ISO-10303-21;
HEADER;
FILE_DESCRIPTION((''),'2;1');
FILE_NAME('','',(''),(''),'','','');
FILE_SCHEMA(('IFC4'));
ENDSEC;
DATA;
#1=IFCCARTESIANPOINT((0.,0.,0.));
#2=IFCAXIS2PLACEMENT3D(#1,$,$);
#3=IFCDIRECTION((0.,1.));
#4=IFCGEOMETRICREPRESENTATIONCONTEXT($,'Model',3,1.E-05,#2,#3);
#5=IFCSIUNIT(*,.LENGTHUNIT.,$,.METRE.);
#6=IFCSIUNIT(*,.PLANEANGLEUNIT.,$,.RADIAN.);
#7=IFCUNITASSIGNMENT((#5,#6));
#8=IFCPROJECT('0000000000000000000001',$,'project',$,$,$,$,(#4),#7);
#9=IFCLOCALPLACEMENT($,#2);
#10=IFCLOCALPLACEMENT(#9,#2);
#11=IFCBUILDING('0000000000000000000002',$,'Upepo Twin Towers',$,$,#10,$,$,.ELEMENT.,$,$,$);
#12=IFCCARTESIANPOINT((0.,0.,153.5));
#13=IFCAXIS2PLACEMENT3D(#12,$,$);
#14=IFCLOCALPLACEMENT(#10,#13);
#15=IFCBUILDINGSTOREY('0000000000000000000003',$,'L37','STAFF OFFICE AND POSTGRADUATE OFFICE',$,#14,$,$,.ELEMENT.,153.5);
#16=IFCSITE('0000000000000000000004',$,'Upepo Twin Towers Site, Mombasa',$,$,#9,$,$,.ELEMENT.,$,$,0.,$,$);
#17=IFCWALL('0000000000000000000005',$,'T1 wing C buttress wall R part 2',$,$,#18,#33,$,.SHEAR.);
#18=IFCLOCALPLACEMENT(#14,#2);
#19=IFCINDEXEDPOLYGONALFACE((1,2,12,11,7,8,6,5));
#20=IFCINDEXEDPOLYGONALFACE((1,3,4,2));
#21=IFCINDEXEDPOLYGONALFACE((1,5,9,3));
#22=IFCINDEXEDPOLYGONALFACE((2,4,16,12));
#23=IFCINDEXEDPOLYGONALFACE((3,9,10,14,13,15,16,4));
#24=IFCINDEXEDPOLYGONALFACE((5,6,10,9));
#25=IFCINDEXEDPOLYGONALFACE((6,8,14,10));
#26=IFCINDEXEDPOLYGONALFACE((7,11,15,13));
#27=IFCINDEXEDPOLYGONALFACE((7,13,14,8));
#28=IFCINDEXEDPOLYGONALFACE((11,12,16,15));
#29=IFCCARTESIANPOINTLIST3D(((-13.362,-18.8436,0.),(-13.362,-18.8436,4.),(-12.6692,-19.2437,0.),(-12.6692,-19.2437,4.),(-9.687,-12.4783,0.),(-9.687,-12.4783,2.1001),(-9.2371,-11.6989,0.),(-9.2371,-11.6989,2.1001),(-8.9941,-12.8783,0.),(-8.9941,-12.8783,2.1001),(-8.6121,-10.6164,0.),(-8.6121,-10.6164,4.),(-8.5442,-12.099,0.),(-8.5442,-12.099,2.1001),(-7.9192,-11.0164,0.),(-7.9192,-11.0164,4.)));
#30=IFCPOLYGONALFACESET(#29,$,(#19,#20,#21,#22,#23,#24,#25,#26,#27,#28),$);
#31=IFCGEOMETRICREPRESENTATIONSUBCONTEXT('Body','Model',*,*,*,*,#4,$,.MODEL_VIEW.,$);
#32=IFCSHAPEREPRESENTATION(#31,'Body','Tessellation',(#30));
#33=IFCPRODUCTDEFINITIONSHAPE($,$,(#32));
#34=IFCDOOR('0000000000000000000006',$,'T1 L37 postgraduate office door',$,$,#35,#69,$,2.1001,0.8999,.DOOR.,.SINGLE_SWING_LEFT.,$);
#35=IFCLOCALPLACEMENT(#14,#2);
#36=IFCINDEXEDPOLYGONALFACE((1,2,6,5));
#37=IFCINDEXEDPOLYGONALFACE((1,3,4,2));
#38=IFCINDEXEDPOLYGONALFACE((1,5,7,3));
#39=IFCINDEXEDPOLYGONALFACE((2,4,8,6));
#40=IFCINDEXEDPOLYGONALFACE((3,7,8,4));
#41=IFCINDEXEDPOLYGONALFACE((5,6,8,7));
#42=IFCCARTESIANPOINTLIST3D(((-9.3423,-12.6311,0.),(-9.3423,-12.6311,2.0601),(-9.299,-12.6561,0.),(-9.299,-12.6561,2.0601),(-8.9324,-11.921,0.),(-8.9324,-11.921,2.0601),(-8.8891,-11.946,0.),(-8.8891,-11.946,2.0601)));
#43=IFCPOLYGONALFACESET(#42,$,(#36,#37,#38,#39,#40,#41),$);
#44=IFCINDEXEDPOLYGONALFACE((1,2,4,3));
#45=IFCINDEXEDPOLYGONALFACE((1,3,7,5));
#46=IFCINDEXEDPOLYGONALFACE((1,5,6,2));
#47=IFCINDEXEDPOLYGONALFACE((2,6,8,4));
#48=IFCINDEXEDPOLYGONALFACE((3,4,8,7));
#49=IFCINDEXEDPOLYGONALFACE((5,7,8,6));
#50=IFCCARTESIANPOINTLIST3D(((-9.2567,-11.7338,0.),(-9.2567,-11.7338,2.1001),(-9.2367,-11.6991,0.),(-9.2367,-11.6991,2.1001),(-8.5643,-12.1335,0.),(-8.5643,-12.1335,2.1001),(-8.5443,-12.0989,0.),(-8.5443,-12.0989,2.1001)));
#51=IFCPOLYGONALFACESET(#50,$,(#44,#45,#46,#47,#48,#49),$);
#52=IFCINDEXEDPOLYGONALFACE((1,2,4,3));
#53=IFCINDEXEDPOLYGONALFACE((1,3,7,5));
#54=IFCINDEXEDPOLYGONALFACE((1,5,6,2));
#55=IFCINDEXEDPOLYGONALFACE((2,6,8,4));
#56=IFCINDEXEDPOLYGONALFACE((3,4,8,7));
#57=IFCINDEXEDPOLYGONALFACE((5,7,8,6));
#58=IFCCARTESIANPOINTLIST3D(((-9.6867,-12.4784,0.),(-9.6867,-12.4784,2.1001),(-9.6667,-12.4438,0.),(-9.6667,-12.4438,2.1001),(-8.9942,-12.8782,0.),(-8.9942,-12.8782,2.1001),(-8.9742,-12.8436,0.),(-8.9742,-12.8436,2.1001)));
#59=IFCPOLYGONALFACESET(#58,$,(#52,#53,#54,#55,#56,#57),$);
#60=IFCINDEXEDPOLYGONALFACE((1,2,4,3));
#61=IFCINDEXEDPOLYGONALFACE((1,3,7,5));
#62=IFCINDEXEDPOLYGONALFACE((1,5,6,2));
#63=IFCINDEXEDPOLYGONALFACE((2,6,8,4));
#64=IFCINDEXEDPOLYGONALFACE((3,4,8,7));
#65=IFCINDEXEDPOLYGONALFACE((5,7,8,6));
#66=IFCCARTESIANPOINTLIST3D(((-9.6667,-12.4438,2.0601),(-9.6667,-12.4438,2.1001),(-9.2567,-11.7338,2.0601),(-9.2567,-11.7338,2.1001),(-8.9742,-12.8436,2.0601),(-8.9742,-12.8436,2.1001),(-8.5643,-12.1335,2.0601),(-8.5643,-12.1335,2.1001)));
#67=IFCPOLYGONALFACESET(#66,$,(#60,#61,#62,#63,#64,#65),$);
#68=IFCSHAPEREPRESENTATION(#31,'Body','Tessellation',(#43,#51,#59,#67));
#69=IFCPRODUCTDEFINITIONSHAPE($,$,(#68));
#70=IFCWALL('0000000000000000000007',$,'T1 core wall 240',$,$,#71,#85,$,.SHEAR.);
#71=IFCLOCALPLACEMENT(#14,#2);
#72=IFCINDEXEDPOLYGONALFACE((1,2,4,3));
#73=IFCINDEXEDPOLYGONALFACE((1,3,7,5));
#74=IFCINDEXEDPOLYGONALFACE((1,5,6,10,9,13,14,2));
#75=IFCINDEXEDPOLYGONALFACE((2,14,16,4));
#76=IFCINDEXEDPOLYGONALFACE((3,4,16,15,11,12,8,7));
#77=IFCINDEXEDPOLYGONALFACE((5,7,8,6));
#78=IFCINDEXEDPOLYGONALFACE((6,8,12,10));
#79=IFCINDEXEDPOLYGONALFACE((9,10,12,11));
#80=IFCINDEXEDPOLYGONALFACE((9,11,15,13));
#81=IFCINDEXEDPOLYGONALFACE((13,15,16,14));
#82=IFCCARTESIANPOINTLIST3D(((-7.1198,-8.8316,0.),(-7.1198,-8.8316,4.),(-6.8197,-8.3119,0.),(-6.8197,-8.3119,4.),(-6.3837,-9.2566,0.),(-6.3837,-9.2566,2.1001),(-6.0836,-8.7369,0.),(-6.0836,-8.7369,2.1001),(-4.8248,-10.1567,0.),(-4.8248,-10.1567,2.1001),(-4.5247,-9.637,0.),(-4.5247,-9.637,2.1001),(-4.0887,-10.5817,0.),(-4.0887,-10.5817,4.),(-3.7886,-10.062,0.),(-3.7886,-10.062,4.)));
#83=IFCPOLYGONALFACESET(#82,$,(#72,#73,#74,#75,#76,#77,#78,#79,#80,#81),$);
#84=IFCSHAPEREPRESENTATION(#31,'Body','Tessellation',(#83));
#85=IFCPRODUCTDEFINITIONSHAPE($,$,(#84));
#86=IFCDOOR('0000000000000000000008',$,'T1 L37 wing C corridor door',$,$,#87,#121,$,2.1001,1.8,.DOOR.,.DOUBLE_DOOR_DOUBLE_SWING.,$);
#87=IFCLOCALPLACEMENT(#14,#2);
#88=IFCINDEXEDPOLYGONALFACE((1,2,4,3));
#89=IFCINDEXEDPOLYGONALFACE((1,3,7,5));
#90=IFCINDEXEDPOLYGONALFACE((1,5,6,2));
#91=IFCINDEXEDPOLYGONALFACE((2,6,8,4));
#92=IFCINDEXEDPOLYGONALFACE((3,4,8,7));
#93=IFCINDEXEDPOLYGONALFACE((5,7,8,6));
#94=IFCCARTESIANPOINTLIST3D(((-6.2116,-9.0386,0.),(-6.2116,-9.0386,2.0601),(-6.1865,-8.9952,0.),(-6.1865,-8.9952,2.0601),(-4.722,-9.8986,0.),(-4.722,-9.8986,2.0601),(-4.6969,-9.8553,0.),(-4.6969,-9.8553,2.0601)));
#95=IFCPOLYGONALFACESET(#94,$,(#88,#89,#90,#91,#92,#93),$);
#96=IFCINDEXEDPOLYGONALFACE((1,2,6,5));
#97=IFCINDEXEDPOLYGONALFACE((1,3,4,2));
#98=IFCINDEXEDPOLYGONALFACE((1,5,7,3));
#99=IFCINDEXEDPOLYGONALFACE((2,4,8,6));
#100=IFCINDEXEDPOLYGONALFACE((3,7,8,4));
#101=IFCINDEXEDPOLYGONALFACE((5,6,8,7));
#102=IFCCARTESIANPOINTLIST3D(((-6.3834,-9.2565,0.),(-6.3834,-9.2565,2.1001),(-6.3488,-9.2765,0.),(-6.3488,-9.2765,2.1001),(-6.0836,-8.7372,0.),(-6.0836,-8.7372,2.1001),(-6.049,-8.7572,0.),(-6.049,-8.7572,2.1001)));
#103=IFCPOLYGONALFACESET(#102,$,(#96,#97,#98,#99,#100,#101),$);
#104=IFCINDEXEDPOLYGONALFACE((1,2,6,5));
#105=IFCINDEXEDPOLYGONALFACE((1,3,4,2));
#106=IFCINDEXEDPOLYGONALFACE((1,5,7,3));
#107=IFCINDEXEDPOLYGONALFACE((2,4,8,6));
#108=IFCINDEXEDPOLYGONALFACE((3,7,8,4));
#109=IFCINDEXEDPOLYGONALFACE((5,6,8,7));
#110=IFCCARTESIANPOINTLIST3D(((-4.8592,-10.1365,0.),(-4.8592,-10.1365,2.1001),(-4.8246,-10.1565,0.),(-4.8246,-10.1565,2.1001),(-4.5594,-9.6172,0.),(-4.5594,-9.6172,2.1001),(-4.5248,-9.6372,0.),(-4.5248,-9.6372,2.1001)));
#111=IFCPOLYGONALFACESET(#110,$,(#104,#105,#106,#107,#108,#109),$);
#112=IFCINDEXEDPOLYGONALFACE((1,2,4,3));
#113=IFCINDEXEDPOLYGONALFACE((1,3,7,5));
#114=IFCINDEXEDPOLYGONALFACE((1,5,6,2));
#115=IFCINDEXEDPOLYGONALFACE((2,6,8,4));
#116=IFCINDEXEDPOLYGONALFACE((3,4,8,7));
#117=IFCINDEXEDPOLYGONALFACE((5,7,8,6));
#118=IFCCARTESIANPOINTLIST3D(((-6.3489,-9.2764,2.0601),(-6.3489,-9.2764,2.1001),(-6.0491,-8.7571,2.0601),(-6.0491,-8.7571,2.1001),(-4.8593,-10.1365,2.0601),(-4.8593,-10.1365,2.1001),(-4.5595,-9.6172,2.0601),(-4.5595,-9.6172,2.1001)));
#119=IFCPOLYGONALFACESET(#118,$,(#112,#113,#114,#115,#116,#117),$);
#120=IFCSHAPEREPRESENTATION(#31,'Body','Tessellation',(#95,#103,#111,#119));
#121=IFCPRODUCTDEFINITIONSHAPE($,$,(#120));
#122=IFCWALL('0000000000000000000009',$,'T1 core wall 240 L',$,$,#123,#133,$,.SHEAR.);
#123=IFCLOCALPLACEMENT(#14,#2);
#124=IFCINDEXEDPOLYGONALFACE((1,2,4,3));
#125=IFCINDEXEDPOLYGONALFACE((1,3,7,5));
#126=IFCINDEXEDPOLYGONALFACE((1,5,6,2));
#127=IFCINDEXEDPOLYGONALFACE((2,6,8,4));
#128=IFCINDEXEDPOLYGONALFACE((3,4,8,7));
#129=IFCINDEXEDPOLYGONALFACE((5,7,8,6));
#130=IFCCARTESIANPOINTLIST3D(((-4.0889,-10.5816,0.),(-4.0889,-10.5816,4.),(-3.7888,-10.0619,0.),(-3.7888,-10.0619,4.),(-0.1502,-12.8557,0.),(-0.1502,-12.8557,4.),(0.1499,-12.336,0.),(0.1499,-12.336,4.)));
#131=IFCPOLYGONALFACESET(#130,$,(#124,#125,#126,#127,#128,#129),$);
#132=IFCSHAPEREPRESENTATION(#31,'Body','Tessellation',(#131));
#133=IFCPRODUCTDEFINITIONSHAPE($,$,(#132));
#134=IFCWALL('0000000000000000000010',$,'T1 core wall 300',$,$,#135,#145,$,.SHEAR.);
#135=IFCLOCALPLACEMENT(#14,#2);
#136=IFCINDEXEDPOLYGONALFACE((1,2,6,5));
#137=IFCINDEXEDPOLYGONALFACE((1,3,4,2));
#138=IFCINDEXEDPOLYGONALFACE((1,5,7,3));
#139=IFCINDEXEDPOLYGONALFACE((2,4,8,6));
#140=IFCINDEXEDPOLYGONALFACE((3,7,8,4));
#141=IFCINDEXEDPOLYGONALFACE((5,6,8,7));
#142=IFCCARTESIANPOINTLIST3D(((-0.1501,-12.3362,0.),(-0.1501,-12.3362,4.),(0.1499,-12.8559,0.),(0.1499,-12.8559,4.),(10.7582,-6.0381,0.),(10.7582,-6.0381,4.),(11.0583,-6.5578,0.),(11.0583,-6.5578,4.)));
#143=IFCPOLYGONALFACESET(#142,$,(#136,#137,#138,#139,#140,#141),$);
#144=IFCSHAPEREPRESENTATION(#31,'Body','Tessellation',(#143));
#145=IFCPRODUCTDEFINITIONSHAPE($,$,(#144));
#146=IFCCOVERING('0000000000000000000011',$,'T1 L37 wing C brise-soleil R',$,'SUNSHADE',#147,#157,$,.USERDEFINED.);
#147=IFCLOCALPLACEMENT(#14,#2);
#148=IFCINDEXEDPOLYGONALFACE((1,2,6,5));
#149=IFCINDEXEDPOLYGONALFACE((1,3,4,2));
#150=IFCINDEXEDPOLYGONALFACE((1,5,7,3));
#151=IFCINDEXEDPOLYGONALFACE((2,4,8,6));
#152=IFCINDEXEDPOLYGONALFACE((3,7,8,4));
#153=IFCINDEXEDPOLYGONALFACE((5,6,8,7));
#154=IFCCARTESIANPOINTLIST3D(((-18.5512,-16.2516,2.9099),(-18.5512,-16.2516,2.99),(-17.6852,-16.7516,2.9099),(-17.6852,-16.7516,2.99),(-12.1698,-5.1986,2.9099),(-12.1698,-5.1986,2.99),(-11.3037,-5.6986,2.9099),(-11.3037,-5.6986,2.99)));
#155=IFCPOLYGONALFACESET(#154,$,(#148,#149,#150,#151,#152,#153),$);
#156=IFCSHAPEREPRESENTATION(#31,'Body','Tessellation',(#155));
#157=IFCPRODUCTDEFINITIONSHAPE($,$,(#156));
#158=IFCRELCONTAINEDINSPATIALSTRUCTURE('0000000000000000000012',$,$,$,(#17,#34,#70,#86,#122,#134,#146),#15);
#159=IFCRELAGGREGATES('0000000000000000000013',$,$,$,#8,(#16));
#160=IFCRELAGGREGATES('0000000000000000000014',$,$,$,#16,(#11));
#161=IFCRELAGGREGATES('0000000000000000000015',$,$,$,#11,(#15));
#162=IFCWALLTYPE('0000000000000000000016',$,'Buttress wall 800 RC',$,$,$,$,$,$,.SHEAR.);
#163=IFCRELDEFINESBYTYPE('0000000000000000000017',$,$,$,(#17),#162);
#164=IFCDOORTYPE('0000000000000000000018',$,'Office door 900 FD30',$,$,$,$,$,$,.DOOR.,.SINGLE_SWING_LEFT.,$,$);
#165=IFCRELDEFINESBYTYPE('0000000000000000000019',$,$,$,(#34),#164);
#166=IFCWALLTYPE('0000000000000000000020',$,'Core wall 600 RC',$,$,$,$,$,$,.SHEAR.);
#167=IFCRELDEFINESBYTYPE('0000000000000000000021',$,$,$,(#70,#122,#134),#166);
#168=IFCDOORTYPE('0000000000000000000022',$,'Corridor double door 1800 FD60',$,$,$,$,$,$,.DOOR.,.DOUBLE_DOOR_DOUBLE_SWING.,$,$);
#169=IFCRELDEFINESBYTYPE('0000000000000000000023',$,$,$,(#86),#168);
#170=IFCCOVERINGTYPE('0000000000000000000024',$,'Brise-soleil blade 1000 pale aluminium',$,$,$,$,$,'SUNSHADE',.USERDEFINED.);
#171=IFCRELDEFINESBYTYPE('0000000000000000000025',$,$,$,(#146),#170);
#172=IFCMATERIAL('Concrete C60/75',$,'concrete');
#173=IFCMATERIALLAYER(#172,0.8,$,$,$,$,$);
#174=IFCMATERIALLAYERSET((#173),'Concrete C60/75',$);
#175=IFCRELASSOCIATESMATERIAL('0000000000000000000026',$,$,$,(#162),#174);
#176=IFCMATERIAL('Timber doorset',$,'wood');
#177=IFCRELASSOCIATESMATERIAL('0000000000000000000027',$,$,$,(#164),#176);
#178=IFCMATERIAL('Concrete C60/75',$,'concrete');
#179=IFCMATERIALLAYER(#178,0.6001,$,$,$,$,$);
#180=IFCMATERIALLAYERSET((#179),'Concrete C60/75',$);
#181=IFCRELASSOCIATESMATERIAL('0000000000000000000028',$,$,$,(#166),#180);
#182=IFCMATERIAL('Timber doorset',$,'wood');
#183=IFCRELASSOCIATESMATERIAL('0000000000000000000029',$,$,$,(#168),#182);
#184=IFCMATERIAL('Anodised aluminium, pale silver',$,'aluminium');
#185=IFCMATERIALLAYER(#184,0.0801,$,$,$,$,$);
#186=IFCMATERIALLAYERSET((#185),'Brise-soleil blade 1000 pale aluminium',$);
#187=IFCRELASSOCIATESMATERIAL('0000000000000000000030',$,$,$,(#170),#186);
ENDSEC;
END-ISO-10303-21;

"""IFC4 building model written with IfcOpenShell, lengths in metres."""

from ifc_helpers import new_model, si_unit, direction, frame, frame_2d, origin, origin_2d, place, context, subcontext, project, spatial, rectangle, extrude, material, layer, layer_set, type_object, element, fill, save


model = new_model("IFC4")

# Units and contexts
model_context = context("Model", 3, precision=1e-05, world=origin(), true_north=direction((0.0, 1.0)))
body_context = subcontext(model_context, "Body", "Model", "MODEL_VIEW")
ifc_project = project(units=[si_unit("LENGTHUNIT", "METRE"), si_unit("PLANEANGLEUNIT", "RADIAN")], contexts=[model_context])

# Site, building, storey
site_placement = place(None, origin())
site = spatial("IfcSite", under=ifc_project, at=site_placement, Name="Upepo Twin Towers Site, Mombasa", CompositionType="ELEMENT", RefElevation=0.0)
building_placement = place(site_placement, origin())
building = spatial("IfcBuilding", under=site, at=building_placement, Name="Upepo Twin Towers", CompositionType="ELEMENT")
storey_placement = place(building_placement, frame((0.0, 0.0, 153.5)))
storey = spatial("IfcBuildingStorey", under=building, at=storey_placement, Name="L37", Description="STAFF OFFICE AND POSTGRADUATE OFFICE", CompositionType="ELEMENT", Elevation=153.5)

# Walls, openings, doors
ifc_material_1 = material(Name="Concrete C60/75", Category="concrete")
ifc_layer_1 = layer(ifc_material_1, 0.8)
ifc_layer_set_1 = layer_set([ifc_layer_1], Name="Concrete C60/75")
wall_type_1 = type_object("IfcWallType", Name="Buttress wall 800 RC", PredefinedType="SHEAR", material=ifc_layer_set_1)
ifc_material_2 = material(Name="Timber doorset", Category="wood")
door_type_1 = type_object("IfcDoorType", Name="Office door 900 FD30", OperationType="SINGLE_SWING_LEFT", PredefinedType="DOOR", material=ifc_material_2)
wall_1_placement = place(storey_placement, frame((-8.2656, -10.8164, 0.0), z_axis=(0.0, 0.0, 1.0), x_axis=(-0.499998, -0.866027, 0.0)))
wall_1 = element("IfcWall", 1, at=wall_1_placement, inside=storey, type_object=wall_type_1, Name="T1 wing C buttress wall R part 2", PredefinedType="SHEAR", context=body_context, shape_type="SweptSolid", body=[
    extrude(rectangle(XDim=9.5, YDim=0.8, at=frame_2d((4.75, 0.0))), origin(), (0.0, 0.0, 1.0), 4.0),
])
opening_1_placement = place(wall_1_placement, frame((1.25, 0.0, 0.0)))
opening_1 = element("IfcOpeningElement", 2, at=opening_1_placement, cuts=wall_1, PredefinedType="OPENING", context=body_context, shape_type="SweptSolid", body=[
    extrude(rectangle(XDim=0.8999, YDim=2.1001, at=frame_2d((0.45, 1.05))), frame((0.0, 0.4099, 0.0), z_axis=(0.0, -1.0, 0.0), x_axis=(1.0, 0.0, 0.0)), (0.0, 0.0, 1.0), 0.8201),
])
door_1_placement = place(opening_1_placement, origin())
door_1 = element("IfcDoor", 3, at=door_1_placement, inside=storey, type_object=door_type_1, Name="T1 L37 postgraduate office door", OperationType="SINGLE_SWING_LEFT", OverallHeight=2.1001, OverallWidth=0.8999, PredefinedType="DOOR", context=body_context, shape_type="SweptSolid", body=[
    extrude(rectangle(XDim=0.8199, YDim=2.0601, at=frame_2d((0.45, 1.03))), frame((0.0, 0.0249, 0.0), z_axis=(0.0, -1.0, 0.0), x_axis=(1.0, 0.0, 0.0)), (0.0, 0.0, 1.0), 0.05),
    extrude(rectangle(XDim=0.04, YDim=2.1001, at=frame_2d((0.02, 1.05))), frame((0.0, 0.3999, 0.0), z_axis=(0.0, -1.0, 0.0), x_axis=(1.0, 0.0, 0.0)), (0.0, 0.0, 1.0), 0.7996),
    extrude(rectangle(XDim=0.04, YDim=2.1001, at=frame_2d((0.8799, 1.05))), frame((0.0, 0.3999, 0.0), z_axis=(0.0, -1.0, 0.0), x_axis=(1.0, 0.0, 0.0)), (0.0, 0.0, 1.0), 0.7996),
    extrude(rectangle(XDim=0.8199, YDim=0.04, at=frame_2d((0.45, 2.0801))), frame((0.0, 0.3999, 0.0), z_axis=(0.0, -1.0, 0.0), x_axis=(1.0, 0.0, 0.0)), (0.0, 0.0, 1.0), 0.7996),
])
fill(opening_1, door_1)
ifc_material_3 = material(Name="Concrete C60/75", Category="concrete")
ifc_layer_2 = layer(ifc_material_3, 0.6001)
ifc_layer_set_2 = layer_set([ifc_layer_2], Name="Concrete C60/75")
wall_type_2 = type_object("IfcWallType", Name="Core wall 600 RC", PredefinedType="SHEAR", material=ifc_layer_set_2)
wall_2_placement = place(storey_placement, frame((-6.9697, -8.5718, 0.0), z_axis=(0.0, 0.0, 1.0), x_axis=(0.866019, -0.50001, 0.0)))
wall_2 = element("IfcWall", 4, at=wall_2_placement, inside=storey, type_object=wall_type_2, Name="T1 core wall 240", PredefinedType="SHEAR", context=body_context, shape_type="SweptSolid", body=[
    extrude(rectangle(XDim=3.5, YDim=0.6001, at=frame_2d((1.75, 0.0))), origin(), (0.0, 0.0, 1.0), 4.0),
])
opening_2_placement = place(wall_2_placement, frame((0.8501, 0.0, 0.0)))
opening_2 = element("IfcOpeningElement", 5, at=opening_2_placement, cuts=wall_2, PredefinedType="OPENING", context=body_context, shape_type="SweptSolid", body=[
    extrude(rectangle(XDim=1.8, YDim=2.1001, at=frame_2d((0.8999, 1.05))), frame((0.0, 0.3101, 0.0), z_axis=(0.0, -1.0, 0.0), x_axis=(1.0, 0.0, 0.0)), (0.0, 0.0, 1.0), 0.6201),
])
ifc_material_4 = material(Name="Timber doorset", Category="wood")
door_type_2 = type_object("IfcDoorType", Name="Corridor double door 1800 FD60", OperationType="DOUBLE_DOOR_DOUBLE_SWING", PredefinedType="DOOR", material=ifc_material_4)
door_2_placement = place(opening_2_placement, origin())
door_2 = element("IfcDoor", 6, at=door_2_placement, inside=storey, type_object=door_type_2, Name="T1 L37 wing C corridor door", OperationType="DOUBLE_DOOR_DOUBLE_SWING", OverallHeight=2.1001, OverallWidth=1.8, PredefinedType="DOOR", context=body_context, shape_type="SweptSolid", body=[
    extrude(rectangle(XDim=1.72, YDim=2.0601, at=frame_2d((0.8999, 1.03))), frame((0.0, 0.0249, 0.0), z_axis=(0.0, -1.0, 0.0), x_axis=(1.0, 0.0, 0.0)), (0.0, 0.0, 1.0), 0.05),
    extrude(rectangle(XDim=0.04, YDim=2.1001, at=frame_2d((0.02, 1.05))), frame((0.0, 0.2998, 0.0), z_axis=(0.0, -1.0, 0.0), x_axis=(1.0, 0.0, 0.0)), (0.0, 0.0, 1.0), 0.5996),
    extrude(rectangle(XDim=0.04, YDim=2.1001, at=frame_2d((1.78, 1.05))), frame((0.0, 0.2998, 0.0), z_axis=(0.0, -1.0, 0.0), x_axis=(1.0, 0.0, 0.0)), (0.0, 0.0, 1.0), 0.5996),
    extrude(rectangle(XDim=1.72, YDim=0.04, at=frame_2d((0.8999, 2.0801))), frame((0.0, 0.2998, 0.0), z_axis=(0.0, -1.0, 0.0), x_axis=(1.0, 0.0, 0.0)), (0.0, 0.0, 1.0), 0.5996),
])
fill(opening_2, door_2)

# Walls
wall_3_placement = place(storey_placement, frame((-3.9387, -10.3218, 0.0), z_axis=(0.0, 0.0, 1.0), x_axis=(0.866011, -0.500024, 0.0)))
element("IfcWall", 7, at=wall_3_placement, inside=storey, type_object=wall_type_2, Name="T1 core wall 240 L", PredefinedType="SHEAR", context=body_context, shape_type="SweptSolid", body=[
    extrude(rectangle(XDim=4.5481, YDim=0.6001, at=frame_2d((2.2739, 0.0))), origin(), (0.0, 0.0, 1.0), 4.0),
])
wall_4_placement = place(storey_placement, frame((0.0, -12.5959, 0.0), z_axis=(0.0, 0.0, 1.0), x_axis=(0.866022, 0.500006, 0.0)))
element("IfcWall", 8, at=wall_4_placement, inside=storey, type_object=wall_type_2, Name="T1 core wall 300", PredefinedType="SHEAR", context=body_context, shape_type="SweptSolid", body=[
    extrude(rectangle(XDim=12.5959, YDim=0.6001, at=frame_2d((6.2979, 0.0))), origin(), (0.0, 0.0, 1.0), 4.0),
])

# Covering
ifc_material_5 = material(Name="Anodised aluminium, pale silver", Category="aluminium")
ifc_layer_3 = layer(ifc_material_5, 0.0801)
ifc_layer_set_3 = layer_set([ifc_layer_3], Name="Brise-soleil blade 1000 pale aluminium")
covering_type = type_object("IfcCoveringType", Name="Brise-soleil blade 1000 pale aluminium", ElementType="SUNSHADE", PredefinedType="USERDEFINED", material=ifc_layer_set_3)
covering_placement = place(storey_placement, frame((-14.9275, -10.9751, 2.9099), z_axis=(0.0, 0.0, 1.0), x_axis=(-0.5, -0.866025, 0.0)))
element("IfcCovering", 9, at=covering_placement, inside=storey, type_object=covering_type, Name="T1 L37 wing C brise-soleil R", ObjectType="SUNSHADE", PredefinedType="USERDEFINED", context=body_context, shape_type="SweptSolid", body=[
    extrude(rectangle(XDim=12.7629, YDim=1.0, at=origin_2d()), origin(), (0.0, 0.0, 1.0), 0.0801),
])

save(model, "model.ifc")
